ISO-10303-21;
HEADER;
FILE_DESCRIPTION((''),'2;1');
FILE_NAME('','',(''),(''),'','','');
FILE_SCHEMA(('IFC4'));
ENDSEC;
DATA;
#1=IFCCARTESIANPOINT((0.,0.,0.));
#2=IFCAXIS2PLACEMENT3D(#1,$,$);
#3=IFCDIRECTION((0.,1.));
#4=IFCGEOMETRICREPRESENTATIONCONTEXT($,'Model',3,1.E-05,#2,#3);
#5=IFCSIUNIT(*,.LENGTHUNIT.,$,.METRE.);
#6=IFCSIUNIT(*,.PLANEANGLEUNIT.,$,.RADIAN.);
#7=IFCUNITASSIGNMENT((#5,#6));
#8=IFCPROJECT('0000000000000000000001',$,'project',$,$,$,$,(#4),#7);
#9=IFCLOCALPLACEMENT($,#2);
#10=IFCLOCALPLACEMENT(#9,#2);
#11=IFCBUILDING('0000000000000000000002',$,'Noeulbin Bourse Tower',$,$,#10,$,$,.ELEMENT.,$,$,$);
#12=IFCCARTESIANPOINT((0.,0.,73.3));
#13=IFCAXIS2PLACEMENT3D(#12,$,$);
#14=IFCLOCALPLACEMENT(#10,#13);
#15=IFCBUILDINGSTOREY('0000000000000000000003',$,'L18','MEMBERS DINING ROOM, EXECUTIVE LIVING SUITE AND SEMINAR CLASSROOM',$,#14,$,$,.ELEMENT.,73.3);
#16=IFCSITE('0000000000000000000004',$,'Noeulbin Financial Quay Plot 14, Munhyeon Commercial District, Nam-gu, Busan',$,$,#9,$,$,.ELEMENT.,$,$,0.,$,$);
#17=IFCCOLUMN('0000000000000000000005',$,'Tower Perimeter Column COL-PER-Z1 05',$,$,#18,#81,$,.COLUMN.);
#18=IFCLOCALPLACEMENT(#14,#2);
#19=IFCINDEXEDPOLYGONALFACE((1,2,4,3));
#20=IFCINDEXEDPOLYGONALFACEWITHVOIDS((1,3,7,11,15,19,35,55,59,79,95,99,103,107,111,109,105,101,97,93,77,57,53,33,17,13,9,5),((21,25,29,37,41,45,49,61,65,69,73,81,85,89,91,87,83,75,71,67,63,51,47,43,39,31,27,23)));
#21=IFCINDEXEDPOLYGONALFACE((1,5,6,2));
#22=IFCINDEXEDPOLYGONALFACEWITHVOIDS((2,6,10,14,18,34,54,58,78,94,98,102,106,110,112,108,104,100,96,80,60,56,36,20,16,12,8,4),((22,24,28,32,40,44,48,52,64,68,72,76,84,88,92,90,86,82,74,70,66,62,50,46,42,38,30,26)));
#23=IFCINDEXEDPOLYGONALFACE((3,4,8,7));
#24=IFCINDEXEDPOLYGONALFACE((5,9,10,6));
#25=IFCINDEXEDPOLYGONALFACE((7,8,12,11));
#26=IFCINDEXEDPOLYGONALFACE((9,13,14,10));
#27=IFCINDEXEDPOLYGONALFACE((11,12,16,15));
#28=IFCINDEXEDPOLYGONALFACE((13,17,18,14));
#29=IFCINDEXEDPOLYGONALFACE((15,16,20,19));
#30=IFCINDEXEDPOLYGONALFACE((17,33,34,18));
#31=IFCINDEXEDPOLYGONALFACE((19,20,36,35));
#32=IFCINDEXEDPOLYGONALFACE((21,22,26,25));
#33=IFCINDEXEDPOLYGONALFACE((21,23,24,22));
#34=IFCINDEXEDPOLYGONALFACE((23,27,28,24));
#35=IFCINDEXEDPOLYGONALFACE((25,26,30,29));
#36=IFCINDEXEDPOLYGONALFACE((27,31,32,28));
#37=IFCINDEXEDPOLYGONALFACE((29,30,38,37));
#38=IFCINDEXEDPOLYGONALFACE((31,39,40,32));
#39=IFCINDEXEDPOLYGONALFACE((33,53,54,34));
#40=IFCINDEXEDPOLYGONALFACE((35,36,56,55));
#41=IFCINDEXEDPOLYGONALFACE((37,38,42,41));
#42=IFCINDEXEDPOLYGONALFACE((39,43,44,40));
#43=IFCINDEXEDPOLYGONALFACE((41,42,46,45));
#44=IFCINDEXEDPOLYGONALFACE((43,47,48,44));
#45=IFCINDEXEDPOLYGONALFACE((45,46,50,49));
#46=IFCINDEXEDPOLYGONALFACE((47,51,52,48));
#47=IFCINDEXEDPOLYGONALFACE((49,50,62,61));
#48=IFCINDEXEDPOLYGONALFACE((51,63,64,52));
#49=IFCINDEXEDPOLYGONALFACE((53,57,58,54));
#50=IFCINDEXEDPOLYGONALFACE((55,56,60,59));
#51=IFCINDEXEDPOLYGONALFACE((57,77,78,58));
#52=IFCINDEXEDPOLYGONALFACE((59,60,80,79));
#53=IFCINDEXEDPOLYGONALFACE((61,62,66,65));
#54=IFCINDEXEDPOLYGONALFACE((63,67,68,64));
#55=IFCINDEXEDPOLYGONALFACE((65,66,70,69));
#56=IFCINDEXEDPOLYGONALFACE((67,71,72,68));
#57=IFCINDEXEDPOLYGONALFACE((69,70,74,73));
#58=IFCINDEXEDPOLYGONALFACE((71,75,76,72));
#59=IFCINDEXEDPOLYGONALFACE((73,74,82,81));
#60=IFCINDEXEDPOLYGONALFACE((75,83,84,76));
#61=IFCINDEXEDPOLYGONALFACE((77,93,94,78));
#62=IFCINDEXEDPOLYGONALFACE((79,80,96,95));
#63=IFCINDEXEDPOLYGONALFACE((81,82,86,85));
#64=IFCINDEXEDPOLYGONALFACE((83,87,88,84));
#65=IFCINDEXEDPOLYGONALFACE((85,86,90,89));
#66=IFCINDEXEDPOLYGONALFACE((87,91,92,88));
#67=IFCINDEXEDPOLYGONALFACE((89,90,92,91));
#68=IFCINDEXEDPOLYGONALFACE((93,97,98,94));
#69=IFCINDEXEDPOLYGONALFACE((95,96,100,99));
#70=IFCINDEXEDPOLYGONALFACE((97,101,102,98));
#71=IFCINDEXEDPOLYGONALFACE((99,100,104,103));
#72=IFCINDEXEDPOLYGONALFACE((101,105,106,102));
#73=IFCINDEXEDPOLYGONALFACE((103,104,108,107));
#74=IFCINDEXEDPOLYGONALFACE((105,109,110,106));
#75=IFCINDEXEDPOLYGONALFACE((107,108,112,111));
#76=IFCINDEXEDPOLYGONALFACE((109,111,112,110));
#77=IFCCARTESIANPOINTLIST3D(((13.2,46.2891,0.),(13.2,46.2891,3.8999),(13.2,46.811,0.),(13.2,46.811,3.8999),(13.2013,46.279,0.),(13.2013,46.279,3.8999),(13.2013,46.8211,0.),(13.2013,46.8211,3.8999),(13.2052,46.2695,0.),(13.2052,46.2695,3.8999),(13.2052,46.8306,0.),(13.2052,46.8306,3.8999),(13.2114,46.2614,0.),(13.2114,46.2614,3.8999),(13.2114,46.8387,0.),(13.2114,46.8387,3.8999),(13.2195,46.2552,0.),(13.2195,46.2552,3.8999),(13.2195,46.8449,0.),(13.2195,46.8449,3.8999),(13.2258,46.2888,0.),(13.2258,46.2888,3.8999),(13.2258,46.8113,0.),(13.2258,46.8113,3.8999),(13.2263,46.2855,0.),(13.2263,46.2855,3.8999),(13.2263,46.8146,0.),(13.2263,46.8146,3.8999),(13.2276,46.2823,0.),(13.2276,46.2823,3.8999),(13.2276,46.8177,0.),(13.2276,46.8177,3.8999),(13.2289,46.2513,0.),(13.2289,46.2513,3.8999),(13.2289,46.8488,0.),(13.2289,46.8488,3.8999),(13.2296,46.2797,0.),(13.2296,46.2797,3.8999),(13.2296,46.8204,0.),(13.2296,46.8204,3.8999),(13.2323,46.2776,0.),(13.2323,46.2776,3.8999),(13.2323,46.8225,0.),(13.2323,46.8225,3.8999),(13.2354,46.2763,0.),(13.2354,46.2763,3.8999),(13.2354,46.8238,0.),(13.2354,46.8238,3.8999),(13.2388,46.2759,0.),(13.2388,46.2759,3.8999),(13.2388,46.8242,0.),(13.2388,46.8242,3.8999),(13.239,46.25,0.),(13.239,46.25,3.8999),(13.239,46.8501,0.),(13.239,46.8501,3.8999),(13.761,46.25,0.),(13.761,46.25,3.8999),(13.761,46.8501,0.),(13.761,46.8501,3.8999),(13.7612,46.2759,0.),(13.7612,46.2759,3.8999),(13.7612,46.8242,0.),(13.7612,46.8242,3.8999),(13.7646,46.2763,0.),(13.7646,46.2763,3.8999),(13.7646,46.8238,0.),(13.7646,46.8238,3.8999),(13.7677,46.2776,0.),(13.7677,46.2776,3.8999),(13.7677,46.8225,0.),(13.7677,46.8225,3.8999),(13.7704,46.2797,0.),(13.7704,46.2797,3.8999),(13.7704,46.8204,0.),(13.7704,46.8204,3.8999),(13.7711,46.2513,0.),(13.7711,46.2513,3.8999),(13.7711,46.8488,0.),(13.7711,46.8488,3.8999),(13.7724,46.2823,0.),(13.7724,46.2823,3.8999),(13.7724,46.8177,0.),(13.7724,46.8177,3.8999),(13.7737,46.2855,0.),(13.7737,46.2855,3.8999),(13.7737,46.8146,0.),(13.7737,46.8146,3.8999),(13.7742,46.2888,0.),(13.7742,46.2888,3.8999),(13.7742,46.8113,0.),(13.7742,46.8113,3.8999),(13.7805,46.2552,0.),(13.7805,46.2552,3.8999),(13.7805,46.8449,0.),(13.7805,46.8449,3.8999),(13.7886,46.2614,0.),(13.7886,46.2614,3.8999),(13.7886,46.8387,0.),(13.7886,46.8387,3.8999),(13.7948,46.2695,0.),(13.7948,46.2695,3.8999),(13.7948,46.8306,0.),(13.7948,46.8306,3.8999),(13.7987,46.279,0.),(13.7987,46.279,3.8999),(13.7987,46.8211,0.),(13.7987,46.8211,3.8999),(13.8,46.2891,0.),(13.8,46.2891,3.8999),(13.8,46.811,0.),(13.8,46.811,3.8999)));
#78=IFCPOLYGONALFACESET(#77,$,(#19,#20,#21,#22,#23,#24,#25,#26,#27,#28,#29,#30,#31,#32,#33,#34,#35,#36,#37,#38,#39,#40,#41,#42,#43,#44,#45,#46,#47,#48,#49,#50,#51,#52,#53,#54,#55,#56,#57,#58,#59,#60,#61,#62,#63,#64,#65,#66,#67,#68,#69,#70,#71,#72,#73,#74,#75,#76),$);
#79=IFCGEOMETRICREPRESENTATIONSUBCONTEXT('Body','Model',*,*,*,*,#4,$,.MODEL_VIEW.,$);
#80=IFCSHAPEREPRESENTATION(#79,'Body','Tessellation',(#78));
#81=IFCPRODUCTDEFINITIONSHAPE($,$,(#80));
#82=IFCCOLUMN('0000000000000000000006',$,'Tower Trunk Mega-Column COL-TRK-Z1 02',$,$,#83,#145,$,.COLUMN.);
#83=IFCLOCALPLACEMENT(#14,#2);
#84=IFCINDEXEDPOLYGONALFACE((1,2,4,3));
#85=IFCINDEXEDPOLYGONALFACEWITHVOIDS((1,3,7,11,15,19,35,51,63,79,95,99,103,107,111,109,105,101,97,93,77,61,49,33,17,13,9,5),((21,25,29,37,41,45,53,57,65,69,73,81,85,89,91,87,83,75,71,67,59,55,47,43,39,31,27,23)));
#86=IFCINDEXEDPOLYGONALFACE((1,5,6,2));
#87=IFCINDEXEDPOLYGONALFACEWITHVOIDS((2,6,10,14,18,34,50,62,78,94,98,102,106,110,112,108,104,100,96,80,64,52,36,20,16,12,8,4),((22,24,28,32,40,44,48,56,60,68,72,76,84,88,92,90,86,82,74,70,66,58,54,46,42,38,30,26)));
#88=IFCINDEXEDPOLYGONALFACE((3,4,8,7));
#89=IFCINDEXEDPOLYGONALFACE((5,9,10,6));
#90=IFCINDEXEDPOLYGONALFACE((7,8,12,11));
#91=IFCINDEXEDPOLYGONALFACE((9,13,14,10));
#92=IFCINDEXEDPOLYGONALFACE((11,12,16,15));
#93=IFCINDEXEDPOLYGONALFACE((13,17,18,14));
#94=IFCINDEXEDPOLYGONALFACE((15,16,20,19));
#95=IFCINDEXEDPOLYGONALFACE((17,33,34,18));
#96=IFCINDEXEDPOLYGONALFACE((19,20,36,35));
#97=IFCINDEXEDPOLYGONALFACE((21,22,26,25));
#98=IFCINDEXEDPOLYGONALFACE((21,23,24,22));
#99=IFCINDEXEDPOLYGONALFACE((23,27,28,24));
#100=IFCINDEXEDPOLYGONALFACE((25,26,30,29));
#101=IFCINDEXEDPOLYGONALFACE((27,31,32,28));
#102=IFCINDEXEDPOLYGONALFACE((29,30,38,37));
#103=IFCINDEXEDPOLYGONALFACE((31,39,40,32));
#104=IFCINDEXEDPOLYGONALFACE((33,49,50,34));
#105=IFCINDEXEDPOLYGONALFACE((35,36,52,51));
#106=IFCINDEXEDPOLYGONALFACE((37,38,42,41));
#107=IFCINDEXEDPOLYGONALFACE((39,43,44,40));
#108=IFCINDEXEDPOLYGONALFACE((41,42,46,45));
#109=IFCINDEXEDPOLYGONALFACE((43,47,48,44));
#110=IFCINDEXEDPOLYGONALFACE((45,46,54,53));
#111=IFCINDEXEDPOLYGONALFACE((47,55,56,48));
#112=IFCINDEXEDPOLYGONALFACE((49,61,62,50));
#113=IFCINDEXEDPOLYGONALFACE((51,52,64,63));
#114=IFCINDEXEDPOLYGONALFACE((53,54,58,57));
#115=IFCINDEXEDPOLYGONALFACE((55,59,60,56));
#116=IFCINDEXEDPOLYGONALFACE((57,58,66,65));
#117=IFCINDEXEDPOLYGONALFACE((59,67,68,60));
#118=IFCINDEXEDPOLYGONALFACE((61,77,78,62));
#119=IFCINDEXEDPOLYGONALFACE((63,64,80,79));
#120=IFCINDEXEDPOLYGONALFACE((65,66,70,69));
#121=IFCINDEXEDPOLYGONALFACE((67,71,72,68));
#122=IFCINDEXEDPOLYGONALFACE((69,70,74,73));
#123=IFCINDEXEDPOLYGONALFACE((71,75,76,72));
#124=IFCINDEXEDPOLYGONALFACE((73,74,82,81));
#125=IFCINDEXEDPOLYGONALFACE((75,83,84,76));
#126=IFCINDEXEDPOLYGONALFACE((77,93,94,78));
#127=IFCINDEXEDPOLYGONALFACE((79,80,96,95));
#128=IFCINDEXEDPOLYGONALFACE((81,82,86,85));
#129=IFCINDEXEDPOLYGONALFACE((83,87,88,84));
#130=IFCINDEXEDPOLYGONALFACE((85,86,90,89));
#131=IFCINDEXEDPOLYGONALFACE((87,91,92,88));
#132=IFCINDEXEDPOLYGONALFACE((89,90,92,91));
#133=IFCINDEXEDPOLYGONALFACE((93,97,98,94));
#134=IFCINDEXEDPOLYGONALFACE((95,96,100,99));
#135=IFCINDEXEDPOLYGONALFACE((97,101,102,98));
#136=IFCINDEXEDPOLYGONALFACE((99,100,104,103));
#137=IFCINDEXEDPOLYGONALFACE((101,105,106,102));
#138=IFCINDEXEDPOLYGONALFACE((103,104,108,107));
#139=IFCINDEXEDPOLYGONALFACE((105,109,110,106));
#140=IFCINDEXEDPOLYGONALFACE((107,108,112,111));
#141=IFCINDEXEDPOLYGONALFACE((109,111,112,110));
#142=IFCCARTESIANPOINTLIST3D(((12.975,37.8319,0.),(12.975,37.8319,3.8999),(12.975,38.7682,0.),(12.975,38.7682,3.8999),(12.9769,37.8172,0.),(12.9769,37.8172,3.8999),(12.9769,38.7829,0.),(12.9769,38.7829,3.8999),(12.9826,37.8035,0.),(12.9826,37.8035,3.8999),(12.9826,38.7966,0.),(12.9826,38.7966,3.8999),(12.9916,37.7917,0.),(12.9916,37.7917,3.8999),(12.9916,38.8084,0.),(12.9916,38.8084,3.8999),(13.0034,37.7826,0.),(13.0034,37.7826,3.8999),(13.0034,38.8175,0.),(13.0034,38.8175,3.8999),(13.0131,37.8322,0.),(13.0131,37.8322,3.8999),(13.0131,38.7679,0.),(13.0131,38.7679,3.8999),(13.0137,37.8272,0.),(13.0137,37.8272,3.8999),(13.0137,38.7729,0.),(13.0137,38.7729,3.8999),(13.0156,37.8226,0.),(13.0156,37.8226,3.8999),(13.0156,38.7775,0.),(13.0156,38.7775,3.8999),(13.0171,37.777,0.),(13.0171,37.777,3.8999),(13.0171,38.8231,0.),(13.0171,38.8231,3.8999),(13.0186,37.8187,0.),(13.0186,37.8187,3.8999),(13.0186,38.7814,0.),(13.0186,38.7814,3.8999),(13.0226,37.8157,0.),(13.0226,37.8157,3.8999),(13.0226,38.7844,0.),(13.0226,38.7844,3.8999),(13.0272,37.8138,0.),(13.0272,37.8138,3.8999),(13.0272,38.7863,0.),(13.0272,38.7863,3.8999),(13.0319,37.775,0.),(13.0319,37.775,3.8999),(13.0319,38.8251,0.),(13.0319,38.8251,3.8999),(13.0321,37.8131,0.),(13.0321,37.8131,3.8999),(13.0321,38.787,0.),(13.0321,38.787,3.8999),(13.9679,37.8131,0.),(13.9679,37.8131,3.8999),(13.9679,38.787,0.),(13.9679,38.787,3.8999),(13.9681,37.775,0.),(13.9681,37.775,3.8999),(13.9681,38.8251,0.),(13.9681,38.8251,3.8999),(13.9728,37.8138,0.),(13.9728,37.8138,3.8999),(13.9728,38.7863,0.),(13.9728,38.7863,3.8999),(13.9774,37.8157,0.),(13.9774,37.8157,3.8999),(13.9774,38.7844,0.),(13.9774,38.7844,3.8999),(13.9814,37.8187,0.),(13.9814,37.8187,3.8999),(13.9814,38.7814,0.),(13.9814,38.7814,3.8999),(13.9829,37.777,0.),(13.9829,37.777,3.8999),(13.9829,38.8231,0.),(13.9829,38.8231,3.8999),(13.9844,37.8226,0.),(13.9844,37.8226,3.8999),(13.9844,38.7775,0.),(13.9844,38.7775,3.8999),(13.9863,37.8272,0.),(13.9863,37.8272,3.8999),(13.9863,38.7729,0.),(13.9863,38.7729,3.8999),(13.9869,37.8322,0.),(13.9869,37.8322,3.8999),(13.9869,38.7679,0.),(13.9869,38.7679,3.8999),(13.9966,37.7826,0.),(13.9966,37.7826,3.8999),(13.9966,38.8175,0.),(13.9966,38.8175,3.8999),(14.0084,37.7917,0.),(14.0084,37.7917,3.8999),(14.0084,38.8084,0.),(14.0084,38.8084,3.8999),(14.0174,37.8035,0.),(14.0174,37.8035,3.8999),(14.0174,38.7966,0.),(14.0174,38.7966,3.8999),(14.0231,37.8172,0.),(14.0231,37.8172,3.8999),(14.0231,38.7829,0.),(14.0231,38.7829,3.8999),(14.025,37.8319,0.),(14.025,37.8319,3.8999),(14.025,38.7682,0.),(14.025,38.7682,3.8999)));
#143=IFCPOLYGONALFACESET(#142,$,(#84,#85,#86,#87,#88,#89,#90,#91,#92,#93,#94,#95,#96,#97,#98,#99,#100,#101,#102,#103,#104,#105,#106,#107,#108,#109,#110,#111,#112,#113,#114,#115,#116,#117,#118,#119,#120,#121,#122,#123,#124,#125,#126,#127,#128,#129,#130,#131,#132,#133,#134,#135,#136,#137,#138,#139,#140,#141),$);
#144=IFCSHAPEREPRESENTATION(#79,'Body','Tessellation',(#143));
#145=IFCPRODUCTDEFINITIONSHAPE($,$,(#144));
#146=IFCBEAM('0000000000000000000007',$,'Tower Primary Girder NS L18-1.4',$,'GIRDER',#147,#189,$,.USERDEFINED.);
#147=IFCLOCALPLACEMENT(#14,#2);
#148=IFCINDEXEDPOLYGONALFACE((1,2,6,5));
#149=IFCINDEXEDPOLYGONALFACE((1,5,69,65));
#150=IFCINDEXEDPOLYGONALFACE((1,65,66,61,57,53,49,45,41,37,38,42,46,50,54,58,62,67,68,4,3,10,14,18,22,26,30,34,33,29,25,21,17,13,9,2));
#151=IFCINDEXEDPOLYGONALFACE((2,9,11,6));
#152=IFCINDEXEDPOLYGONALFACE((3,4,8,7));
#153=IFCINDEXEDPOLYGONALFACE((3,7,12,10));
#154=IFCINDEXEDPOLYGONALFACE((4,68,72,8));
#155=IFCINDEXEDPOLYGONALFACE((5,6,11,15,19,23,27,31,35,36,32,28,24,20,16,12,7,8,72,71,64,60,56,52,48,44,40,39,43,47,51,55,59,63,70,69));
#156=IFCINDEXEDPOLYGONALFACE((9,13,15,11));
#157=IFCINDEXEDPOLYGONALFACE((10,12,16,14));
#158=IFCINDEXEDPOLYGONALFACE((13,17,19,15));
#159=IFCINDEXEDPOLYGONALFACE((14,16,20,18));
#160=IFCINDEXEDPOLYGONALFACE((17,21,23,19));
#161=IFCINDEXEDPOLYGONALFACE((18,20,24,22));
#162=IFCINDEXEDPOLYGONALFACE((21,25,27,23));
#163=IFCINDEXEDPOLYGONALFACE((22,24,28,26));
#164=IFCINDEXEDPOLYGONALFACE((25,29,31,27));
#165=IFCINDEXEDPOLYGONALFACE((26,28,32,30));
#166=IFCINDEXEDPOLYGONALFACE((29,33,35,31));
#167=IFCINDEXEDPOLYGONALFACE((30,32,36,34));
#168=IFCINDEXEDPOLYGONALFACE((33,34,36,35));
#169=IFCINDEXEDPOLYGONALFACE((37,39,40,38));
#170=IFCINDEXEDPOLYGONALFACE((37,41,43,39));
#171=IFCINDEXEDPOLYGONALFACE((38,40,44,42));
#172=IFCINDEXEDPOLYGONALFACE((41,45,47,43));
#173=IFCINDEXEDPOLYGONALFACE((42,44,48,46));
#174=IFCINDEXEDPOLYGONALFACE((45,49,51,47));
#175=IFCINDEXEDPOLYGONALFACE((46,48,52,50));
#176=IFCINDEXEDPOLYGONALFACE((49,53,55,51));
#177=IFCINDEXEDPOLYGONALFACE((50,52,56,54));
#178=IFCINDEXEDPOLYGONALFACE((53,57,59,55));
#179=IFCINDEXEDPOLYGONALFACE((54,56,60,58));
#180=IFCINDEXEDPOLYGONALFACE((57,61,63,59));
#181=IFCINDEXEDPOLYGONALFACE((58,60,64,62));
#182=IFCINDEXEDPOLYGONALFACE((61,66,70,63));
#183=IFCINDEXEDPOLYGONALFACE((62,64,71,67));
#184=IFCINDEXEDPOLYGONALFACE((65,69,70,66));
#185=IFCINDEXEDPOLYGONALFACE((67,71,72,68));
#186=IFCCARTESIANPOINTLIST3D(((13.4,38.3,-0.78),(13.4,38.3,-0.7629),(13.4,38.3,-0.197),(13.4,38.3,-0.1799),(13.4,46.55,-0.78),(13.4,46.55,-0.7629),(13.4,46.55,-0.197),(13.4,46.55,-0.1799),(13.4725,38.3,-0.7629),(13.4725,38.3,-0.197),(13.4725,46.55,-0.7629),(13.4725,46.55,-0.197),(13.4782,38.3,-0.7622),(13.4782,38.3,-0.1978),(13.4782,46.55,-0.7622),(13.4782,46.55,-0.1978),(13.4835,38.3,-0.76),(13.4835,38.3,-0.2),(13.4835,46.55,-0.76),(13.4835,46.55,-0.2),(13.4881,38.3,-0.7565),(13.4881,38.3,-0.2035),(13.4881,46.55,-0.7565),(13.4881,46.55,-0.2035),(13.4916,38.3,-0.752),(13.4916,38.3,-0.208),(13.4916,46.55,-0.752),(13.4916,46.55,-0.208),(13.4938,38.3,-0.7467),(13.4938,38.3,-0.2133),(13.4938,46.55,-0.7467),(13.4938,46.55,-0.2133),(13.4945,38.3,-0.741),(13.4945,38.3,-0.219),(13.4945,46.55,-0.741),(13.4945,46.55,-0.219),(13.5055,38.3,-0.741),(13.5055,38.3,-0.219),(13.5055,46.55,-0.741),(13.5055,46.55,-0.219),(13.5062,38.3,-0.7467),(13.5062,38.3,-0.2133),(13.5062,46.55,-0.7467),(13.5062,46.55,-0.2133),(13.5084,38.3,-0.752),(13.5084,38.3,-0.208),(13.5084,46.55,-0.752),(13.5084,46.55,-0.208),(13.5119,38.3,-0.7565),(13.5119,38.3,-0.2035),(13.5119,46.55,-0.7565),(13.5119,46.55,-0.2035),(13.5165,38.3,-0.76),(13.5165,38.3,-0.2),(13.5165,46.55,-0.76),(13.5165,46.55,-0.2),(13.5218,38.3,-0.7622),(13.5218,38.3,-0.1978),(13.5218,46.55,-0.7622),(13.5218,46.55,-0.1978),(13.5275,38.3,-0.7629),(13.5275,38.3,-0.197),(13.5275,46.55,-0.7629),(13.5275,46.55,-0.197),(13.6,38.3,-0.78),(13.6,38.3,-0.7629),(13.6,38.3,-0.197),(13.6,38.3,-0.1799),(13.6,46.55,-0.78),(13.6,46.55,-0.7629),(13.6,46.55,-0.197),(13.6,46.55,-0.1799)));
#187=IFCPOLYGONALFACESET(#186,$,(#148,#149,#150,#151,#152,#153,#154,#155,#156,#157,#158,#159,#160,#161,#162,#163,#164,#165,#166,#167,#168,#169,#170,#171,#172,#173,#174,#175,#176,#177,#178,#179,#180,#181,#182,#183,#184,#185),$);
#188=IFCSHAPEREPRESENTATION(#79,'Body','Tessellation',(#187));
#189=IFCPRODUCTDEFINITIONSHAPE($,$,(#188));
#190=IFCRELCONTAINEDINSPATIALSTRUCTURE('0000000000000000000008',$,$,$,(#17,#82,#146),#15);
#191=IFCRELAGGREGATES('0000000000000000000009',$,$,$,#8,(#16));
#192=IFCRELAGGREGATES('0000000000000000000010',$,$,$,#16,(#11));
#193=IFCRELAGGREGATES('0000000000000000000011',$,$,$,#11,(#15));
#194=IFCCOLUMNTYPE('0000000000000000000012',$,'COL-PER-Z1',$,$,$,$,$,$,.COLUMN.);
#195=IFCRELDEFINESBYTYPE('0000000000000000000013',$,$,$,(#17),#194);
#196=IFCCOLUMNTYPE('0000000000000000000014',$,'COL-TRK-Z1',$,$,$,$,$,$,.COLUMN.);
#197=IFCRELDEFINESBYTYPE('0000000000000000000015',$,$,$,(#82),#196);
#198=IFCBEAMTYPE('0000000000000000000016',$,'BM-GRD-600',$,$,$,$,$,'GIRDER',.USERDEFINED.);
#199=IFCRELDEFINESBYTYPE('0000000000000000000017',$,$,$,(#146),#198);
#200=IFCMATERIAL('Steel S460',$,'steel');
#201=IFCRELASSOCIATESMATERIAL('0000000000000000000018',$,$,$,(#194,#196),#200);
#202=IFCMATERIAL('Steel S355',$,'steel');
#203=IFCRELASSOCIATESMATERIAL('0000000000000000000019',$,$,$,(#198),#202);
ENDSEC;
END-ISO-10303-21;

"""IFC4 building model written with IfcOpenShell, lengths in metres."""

from ifc_helpers import new_model, si_unit, direction, frame, origin, origin_2d, place, context, subcontext, project, spatial, hollow_rectangle, i_section, extrude, material, material_profile, profile_set, type_object, element, save


model = new_model("IFC4")

# Units and contexts
model_context = context("Model", 3, precision=1e-05, world=origin(), true_north=direction((0.0, 1.0)))
body_context = subcontext(model_context, "Body", "Model", "MODEL_VIEW")
ifc_project = project(units=[si_unit("LENGTHUNIT", "METRE"), si_unit("PLANEANGLEUNIT", "RADIAN")], contexts=[model_context])

# Site, building, storey
site_placement = place(None, origin())
site = spatial("IfcSite", under=ifc_project, at=site_placement, Name="Noeulbin Financial Quay Plot 14, Munhyeon Commercial District, Nam-gu, Busan", CompositionType="ELEMENT", RefElevation=0.0)
building_placement = place(site_placement, origin())
building = spatial("IfcBuilding", under=site, at=building_placement, Name="Noeulbin Bourse Tower", CompositionType="ELEMENT")
storey_placement = place(building_placement, frame((0.0, 0.0, 73.3)))
storey = spatial("IfcBuildingStorey", under=building, at=storey_placement, Name="L18", Description="MEMBERS DINING ROOM, EXECUTIVE LIVING SUITE AND SEMINAR CLASSROOM", CompositionType="ELEMENT", Elevation=73.3)

# Columns
ifc_material_1 = material(Name="Steel S460", Category="steel")
ifc_material_profile_1 = material_profile(ifc_material_1, hollow_rectangle(XDim=0.6001, YDim=0.6001, WallThickness=0.0259, InnerFilletRadius=0.0129, OuterFilletRadius=0.0391, at=origin_2d()), Name="BOX-600x600x26", Category="LoadBearing")
ifc_profile_set_1 = profile_set([ifc_material_profile_1], Name="Steel S460")
column_type_1 = type_object("IfcColumnType", Name="COL-PER-Z1", PredefinedType="COLUMN", material=ifc_profile_set_1)
column_1_placement = place(storey_placement, frame((13.5, 46.55, 0.0), z_axis=(0.0, 0.0, 1.0), x_axis=(1.0, 0.0, 0.0)))
element("IfcColumn", 1, at=column_1_placement, inside=storey, type_object=column_type_1, Name="Tower Perimeter Column COL-PER-Z1 05", PredefinedType="COLUMN", context=body_context, shape_type="SweptSolid", body=[
    extrude(hollow_rectangle(XDim=0.6001, YDim=0.6001, WallThickness=0.0259, InnerFilletRadius=0.0129, OuterFilletRadius=0.0391, at=origin_2d()), origin(), (0.0, 0.0, 1.0), 3.8999),
])
ifc_material_profile_2 = material_profile(ifc_material_1, hollow_rectangle(XDim=1.05, YDim=1.05, WallThickness=0.0381, InnerFilletRadius=0.019, OuterFilletRadius=0.0569, at=origin_2d()), Name="BOX-1050x1050x38", Category="LoadBearing")
ifc_profile_set_2 = profile_set([ifc_material_profile_2], Name="Steel S460")
column_type_2 = type_object("IfcColumnType", Name="COL-TRK-Z1", PredefinedType="COLUMN", material=ifc_profile_set_2)
column_2_placement = place(storey_placement, frame((13.5, 38.3, 0.0), z_axis=(0.0, 0.0, 1.0), x_axis=(1.0, 0.0, 0.0)))
element("IfcColumn", 2, at=column_2_placement, inside=storey, type_object=column_type_2, Name="Tower Trunk Mega-Column COL-TRK-Z1 02", PredefinedType="COLUMN", context=body_context, shape_type="SweptSolid", body=[
    extrude(hollow_rectangle(XDim=1.05, YDim=1.05, WallThickness=0.0381, InnerFilletRadius=0.019, OuterFilletRadius=0.0569, at=origin_2d()), origin(), (0.0, 0.0, 1.0), 3.8999),
])

# Beam
ifc_material_2 = material(Name="Steel S355", Category="steel")
ifc_material_profile_3 = material_profile(ifc_material_2, i_section(OverallWidth=0.2, OverallDepth=0.6001, WebThickness=0.011, FlangeThickness=0.0171, FilletRadius=0.022, at=origin_2d()), Name="H-600x200x11x17", Category="LoadBearing")
ifc_profile_set_3 = profile_set([ifc_material_profile_3], Name="Steel S355")
beam_type_1 = type_object("IfcBeamType", Name="BM-GRD-600", ElementType="GIRDER", PredefinedType="USERDEFINED", material=ifc_profile_set_3)
beam_1_placement = place(storey_placement, frame((13.5, 38.3, -0.48), z_axis=(0.0, 1.0, 0.0), x_axis=(-1.0, 0.0, 0.0)))
element("IfcBeam", 3, at=beam_1_placement, inside=storey, type_object=beam_type_1, Name="Tower Primary Girder NS L18-1.4", ObjectType="GIRDER", PredefinedType="USERDEFINED", context=body_context, shape_type="SweptSolid", body=[
    extrude(i_section(OverallWidth=0.2, OverallDepth=0.6001, WebThickness=0.011, FlangeThickness=0.0171, FilletRadius=0.022, at=origin_2d()), origin(), (0.0, 0.0, 1.0), 8.25),
])

save(model, "model.ifc")
